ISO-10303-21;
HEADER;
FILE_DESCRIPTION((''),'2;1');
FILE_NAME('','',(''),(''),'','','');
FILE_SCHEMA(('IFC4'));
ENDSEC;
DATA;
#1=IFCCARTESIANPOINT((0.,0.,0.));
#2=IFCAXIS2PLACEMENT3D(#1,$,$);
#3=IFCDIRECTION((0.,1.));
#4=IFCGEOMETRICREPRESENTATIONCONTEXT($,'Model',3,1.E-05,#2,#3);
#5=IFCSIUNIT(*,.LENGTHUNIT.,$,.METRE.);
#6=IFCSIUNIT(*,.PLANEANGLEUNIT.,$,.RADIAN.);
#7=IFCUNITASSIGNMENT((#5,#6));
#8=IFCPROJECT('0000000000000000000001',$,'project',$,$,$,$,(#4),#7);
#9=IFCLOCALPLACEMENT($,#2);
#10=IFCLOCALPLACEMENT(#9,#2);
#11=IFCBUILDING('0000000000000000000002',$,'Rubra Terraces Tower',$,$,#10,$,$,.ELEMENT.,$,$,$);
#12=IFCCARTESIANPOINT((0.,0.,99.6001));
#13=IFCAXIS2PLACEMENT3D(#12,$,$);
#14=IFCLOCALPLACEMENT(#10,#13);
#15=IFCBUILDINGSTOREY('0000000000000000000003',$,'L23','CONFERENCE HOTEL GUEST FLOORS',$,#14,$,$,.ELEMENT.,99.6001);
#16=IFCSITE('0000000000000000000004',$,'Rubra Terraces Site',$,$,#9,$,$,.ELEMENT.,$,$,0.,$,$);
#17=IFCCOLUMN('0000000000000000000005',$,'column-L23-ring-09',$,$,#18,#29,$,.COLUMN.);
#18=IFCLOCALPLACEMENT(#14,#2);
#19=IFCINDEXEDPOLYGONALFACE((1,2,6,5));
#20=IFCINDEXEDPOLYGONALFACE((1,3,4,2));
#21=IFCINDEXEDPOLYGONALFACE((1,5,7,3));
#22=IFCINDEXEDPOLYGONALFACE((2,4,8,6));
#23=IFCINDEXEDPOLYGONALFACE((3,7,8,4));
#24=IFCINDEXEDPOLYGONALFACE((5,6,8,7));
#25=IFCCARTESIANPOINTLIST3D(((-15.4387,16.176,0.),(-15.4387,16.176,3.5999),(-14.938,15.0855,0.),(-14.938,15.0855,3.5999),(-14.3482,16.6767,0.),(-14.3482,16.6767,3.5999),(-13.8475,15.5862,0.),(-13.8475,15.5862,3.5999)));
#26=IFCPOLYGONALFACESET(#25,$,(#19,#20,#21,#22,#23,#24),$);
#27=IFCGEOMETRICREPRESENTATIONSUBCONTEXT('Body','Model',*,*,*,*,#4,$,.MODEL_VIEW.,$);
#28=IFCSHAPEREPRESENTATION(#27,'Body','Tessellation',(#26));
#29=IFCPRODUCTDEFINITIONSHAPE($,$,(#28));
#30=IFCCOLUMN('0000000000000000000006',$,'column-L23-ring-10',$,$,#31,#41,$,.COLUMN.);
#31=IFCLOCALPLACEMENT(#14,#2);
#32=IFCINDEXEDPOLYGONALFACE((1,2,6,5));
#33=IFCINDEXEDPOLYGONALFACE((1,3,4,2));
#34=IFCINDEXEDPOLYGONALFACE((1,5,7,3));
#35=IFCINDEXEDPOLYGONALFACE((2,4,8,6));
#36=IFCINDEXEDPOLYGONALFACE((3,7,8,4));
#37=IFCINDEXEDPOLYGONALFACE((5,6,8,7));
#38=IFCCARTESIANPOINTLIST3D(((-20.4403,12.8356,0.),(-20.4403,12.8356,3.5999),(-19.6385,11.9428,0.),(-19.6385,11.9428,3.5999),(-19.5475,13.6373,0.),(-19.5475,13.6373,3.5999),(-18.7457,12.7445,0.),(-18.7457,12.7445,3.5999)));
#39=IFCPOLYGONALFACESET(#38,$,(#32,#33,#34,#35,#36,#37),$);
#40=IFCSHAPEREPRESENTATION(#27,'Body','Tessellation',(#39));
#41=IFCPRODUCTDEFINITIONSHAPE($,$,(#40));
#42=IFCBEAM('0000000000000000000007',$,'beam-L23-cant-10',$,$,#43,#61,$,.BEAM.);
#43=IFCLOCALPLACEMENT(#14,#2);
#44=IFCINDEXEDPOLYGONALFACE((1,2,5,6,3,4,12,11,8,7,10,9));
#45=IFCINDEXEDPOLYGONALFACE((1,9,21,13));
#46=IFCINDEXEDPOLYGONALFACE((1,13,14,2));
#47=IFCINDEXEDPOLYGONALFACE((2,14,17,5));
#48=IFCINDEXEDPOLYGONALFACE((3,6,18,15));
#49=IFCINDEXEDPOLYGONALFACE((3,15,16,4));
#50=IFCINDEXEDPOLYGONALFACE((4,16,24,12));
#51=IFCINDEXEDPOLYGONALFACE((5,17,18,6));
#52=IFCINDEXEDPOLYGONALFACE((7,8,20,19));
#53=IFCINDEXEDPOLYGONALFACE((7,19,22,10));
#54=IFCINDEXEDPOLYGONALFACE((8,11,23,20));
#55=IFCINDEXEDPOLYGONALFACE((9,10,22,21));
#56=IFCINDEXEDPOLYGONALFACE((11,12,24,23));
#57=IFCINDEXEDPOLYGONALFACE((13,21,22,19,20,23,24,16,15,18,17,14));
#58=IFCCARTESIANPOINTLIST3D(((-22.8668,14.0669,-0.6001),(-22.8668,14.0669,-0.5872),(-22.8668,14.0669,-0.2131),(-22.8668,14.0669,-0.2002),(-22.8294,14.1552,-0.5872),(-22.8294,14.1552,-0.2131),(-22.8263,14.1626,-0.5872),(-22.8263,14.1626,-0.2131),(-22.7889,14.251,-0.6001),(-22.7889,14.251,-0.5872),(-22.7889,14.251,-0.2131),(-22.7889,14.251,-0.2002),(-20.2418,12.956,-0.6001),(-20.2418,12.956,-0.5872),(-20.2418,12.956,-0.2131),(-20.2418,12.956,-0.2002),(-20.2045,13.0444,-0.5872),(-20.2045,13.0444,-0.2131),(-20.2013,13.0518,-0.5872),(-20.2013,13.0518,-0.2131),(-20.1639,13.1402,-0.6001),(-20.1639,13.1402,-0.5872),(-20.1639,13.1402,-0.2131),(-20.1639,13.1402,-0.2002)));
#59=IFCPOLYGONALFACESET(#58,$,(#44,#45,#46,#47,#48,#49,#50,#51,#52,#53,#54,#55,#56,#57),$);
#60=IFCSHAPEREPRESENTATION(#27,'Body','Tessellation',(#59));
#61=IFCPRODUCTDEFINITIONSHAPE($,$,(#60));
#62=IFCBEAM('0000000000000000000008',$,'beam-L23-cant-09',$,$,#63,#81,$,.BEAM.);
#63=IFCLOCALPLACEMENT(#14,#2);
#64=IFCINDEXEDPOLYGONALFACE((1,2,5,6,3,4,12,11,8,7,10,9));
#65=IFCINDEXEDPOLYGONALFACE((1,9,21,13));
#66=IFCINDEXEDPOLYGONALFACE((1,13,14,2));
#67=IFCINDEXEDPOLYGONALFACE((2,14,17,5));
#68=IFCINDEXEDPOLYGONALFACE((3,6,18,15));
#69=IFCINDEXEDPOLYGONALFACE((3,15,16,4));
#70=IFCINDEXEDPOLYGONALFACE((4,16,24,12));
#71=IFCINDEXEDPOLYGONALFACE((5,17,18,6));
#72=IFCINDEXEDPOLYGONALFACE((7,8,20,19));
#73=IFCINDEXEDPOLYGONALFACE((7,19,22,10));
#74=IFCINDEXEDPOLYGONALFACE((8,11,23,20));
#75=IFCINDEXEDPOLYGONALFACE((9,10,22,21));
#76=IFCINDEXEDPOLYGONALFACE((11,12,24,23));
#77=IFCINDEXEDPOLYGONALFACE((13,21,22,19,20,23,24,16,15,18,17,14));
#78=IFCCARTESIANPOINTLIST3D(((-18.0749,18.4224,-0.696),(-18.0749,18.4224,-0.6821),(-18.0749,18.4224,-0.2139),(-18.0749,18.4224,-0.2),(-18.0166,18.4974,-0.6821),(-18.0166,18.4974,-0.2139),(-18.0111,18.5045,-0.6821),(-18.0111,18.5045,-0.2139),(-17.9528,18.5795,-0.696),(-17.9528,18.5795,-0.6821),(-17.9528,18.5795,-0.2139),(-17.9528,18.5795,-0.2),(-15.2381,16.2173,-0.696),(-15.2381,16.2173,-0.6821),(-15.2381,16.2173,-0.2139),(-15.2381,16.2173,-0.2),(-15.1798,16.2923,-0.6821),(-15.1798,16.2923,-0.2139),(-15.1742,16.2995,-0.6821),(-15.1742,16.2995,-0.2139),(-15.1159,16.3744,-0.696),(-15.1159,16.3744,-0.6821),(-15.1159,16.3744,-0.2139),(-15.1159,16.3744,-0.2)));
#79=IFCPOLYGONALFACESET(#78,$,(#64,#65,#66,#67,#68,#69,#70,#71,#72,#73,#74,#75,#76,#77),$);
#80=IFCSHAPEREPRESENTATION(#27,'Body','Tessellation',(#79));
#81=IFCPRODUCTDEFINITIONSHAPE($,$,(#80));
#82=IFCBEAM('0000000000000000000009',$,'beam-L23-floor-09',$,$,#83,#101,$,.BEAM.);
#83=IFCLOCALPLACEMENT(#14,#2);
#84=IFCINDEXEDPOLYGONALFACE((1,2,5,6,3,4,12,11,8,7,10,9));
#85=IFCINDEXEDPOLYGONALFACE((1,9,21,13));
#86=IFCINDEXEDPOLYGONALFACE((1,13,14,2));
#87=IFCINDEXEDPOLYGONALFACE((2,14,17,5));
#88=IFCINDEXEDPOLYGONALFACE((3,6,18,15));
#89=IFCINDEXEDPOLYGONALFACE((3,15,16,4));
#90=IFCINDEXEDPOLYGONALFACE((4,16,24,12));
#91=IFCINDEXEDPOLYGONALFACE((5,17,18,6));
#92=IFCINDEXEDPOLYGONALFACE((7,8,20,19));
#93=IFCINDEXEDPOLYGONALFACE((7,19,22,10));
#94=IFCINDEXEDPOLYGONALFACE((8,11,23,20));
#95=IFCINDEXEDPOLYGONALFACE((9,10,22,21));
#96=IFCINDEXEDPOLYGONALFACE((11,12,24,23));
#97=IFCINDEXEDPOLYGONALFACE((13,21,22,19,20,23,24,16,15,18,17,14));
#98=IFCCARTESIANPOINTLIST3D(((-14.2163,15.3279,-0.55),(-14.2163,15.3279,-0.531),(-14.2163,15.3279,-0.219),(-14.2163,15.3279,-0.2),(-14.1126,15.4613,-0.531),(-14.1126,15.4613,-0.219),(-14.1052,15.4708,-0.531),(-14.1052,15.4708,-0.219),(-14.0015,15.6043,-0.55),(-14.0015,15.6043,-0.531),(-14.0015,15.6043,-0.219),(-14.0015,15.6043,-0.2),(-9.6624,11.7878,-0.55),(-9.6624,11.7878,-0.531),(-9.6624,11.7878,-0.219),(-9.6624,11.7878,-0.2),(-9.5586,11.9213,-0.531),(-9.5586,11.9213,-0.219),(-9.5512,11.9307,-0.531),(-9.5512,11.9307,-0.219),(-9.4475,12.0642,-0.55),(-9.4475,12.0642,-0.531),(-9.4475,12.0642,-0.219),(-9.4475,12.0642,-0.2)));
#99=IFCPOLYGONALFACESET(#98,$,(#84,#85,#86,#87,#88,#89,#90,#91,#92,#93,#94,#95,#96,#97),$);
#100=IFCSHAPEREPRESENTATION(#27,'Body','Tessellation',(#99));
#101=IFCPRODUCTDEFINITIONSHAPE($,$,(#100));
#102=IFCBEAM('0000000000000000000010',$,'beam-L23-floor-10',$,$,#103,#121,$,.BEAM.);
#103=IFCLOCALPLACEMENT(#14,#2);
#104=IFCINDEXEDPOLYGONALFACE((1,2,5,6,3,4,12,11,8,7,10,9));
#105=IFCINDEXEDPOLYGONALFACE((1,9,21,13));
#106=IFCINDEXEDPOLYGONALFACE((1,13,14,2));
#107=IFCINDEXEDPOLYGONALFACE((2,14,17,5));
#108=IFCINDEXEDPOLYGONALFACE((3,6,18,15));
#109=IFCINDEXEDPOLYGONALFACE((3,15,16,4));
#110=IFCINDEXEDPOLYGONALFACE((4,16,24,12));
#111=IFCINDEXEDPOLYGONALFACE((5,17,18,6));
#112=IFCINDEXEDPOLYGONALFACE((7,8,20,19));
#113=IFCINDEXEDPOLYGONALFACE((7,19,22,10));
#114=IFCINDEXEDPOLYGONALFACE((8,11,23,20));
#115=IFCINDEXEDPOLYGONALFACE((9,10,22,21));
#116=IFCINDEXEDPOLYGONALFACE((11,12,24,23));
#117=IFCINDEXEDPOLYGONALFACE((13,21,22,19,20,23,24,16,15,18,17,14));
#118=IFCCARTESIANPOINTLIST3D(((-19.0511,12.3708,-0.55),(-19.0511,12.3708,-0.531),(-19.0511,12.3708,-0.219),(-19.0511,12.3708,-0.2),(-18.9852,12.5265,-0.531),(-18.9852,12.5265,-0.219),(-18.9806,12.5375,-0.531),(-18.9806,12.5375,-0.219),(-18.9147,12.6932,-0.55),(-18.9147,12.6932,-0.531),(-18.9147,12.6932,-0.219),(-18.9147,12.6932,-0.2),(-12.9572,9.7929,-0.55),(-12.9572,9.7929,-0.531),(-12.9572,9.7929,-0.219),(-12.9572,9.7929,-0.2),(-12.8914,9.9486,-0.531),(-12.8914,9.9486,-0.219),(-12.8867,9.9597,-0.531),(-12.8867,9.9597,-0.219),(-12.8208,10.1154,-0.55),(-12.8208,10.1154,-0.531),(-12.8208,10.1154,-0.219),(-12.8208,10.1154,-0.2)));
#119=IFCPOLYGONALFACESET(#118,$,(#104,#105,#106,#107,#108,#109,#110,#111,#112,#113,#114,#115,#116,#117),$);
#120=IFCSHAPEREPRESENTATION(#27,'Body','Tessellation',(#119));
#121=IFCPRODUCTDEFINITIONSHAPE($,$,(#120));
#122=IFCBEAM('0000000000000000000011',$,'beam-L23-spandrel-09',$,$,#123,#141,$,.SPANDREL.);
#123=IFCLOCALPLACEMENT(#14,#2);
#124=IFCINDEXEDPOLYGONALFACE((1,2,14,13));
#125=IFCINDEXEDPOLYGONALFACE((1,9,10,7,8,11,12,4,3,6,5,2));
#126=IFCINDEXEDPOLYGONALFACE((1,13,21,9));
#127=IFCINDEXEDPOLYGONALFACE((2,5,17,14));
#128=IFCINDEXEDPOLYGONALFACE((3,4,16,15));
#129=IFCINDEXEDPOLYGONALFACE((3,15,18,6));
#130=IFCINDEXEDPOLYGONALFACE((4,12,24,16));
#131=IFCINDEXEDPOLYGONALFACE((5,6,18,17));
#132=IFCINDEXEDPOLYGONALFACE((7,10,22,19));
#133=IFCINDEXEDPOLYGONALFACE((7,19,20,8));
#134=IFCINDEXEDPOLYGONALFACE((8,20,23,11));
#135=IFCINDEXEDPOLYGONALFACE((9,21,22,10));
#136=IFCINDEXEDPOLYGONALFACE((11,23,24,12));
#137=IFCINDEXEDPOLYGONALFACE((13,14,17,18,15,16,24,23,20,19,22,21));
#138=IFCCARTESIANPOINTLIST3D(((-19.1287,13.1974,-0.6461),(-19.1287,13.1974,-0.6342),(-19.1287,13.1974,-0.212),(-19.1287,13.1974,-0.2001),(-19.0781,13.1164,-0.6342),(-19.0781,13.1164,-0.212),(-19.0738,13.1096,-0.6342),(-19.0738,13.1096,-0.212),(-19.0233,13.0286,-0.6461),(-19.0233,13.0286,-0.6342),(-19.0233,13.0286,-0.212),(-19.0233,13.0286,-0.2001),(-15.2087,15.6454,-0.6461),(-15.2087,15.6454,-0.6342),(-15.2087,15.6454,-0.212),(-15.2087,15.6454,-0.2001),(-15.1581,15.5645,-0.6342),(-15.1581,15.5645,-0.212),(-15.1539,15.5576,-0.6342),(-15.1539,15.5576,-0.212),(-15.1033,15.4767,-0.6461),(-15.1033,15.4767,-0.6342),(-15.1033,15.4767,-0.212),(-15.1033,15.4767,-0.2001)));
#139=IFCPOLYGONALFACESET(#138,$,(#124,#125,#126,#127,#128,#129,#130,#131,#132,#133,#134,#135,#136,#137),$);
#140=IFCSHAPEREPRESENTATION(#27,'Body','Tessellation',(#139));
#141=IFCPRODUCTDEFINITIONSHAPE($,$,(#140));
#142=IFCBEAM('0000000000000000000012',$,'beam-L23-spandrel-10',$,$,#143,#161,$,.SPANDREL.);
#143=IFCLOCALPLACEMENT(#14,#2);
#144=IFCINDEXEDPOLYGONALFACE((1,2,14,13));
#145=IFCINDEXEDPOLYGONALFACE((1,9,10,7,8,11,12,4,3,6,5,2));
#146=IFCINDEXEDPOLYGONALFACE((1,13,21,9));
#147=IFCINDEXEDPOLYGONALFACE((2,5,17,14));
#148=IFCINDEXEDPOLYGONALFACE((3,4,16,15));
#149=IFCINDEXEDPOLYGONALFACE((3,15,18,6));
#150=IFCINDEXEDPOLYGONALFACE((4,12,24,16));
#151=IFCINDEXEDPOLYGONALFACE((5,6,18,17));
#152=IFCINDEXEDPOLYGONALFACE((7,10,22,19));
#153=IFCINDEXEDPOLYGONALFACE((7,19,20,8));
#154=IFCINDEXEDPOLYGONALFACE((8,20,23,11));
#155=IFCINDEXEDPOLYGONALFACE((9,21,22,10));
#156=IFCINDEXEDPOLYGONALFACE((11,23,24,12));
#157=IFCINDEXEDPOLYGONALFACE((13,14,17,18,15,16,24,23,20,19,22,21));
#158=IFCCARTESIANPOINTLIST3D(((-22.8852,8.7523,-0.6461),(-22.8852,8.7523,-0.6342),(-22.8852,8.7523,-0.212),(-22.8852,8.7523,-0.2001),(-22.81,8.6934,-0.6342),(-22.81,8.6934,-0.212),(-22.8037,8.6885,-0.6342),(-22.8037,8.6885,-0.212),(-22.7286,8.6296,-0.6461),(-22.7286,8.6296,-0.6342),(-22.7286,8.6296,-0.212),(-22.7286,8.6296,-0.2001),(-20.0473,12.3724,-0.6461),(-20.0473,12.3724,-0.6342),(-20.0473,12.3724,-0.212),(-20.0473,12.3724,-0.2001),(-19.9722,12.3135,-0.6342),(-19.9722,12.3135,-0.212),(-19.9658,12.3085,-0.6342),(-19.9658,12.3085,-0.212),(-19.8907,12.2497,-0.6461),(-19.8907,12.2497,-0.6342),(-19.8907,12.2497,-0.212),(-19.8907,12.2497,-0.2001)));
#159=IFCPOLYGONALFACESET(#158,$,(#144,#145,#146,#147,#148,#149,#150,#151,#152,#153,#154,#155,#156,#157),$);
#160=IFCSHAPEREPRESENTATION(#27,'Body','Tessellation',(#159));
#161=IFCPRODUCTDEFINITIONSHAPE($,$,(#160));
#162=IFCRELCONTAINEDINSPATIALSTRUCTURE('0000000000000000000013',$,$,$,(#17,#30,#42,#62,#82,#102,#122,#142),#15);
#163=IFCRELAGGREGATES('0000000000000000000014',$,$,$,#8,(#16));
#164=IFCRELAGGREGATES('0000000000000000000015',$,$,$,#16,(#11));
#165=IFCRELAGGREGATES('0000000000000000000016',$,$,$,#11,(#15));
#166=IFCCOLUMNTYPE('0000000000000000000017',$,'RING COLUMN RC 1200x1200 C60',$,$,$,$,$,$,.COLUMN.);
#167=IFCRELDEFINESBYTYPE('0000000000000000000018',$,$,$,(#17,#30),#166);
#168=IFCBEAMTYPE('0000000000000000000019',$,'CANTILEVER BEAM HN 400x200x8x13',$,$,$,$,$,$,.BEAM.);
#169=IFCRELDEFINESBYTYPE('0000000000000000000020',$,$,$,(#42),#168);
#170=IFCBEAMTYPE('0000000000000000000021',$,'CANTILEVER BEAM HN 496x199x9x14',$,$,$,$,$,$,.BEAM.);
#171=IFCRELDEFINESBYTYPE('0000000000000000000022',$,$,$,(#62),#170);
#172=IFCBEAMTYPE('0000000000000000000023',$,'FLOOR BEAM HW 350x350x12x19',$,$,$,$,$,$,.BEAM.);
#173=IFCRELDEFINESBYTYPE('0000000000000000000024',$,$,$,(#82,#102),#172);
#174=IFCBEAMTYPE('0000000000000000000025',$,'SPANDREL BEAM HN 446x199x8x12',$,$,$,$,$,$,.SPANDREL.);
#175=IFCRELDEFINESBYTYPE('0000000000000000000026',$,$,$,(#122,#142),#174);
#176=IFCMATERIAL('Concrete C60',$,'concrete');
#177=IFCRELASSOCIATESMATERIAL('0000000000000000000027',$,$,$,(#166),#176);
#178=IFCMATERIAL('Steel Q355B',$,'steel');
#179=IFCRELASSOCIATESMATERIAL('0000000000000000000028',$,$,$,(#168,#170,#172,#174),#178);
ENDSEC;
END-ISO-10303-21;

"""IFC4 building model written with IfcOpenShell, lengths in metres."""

from ifc_helpers import new_model, si_unit, direction, frame, origin, origin_2d, place, context, subcontext, project, spatial, rectangle, i_section, extrude, material, material_profile, profile_set, type_object, element, save


model = new_model("IFC4")

# Units and contexts
model_context = context("Model", 3, precision=1e-05, world=origin(), true_north=direction((0.0, 1.0)))
body_context = subcontext(model_context, "Body", "Model", "MODEL_VIEW")
ifc_project = project(units=[si_unit("LENGTHUNIT", "METRE"), si_unit("PLANEANGLEUNIT", "RADIAN")], contexts=[model_context])

# Site, building, storey
site_placement = place(None, origin())
site = spatial("IfcSite", under=ifc_project, at=site_placement, Name="Rubra Terraces Site", CompositionType="ELEMENT", RefElevation=0.0)
building_placement = place(site_placement, origin())
building = spatial("IfcBuilding", under=site, at=building_placement, Name="Rubra Terraces Tower", CompositionType="ELEMENT")
storey_placement = place(building_placement, frame((0.0, 0.0, 99.6001)))
storey = spatial("IfcBuildingStorey", under=building, at=storey_placement, Name="L23", Description="CONFERENCE HOTEL GUEST FLOORS", CompositionType="ELEMENT", Elevation=99.6001)

# Columns
ifc_material_1 = material(Name="Concrete C60", Category="concrete")
ifc_material_profile_1 = material_profile(ifc_material_1, rectangle(XDim=1.2, YDim=1.2, at=origin_2d()), Name="RC 1200x1200")
ifc_profile_set_1 = profile_set([ifc_material_profile_1], Name="Concrete C60")
column_type = type_object("IfcColumnType", Name="RING COLUMN RC 1200x1200 C60", PredefinedType="COLUMN", material=ifc_profile_set_1)
for number, where, z_axis, x_axis, name in (
    (1, (-14.6431, 15.8811, 0.0), (0.0, 0.0, 1.0), (-0.908779, -0.417279, 0.0), "column-L23-ring-09"),
    (2, (-19.593, 12.79, 0.0), (0.0, 0.0, 1.0), (-0.744021, -0.668156, 0.0), "column-L23-ring-10"),
):
    element("IfcColumn", number, at=place(storey_placement, frame(where, z_axis=z_axis, x_axis=x_axis)), inside=storey, type_object=column_type, Name=name, PredefinedType="COLUMN", context=body_context, shape_type="SweptSolid", body=[
        extrude(rectangle(XDim=1.2, YDim=1.2, at=origin_2d()), origin(), (0.0, 0.0, 1.0), 3.5999),
    ])

# Beams
ifc_material_2 = material(Name="Steel Q355B", Category="steel")
ifc_material_profile_2 = material_profile(ifc_material_2, i_section(OverallWidth=0.2, OverallDepth=0.3999, WebThickness=0.0081, FlangeThickness=0.0129, at=origin_2d()), Name="HN 400x200x8x13")
ifc_profile_set_2 = profile_set([ifc_material_profile_2], Name="Steel Q355B")
beam_type_1 = type_object("IfcBeamType", Name="CANTILEVER BEAM HN 400x200x8x13", PredefinedType="BEAM", material=ifc_profile_set_2)
beam_1_placement = place(storey_placement, frame((-20.2029, 13.0481, -0.4001), z_axis=(-0.920934, 0.389718, 0.0), x_axis=(-0.389718, -0.920934, 0.0)))
element("IfcBeam", 3, at=beam_1_placement, inside=storey, type_object=beam_type_1, Name="beam-L23-cant-10", PredefinedType="BEAM", context=body_context, shape_type="SweptSolid", body=[
    extrude(i_section(OverallWidth=0.2, OverallDepth=0.3999, WebThickness=0.0081, FlangeThickness=0.0129, at=origin_2d()), origin(), (0.0, 0.0, 1.0), 2.8503),
])
ifc_material_profile_3 = material_profile(ifc_material_2, i_section(OverallWidth=0.199, OverallDepth=0.4961, WebThickness=0.009, FlangeThickness=0.0139, at=origin_2d()), Name="HN 496x199x9x14")
ifc_profile_set_3 = profile_set([ifc_material_profile_3], Name="Steel Q355B")
beam_type_2 = type_object("IfcBeamType", Name="CANTILEVER BEAM HN 496x199x9x14", PredefinedType="BEAM", material=ifc_profile_set_3)
beam_2_placement = place(storey_placement, frame((-15.177, 16.2959, -0.448), z_axis=(-0.789542, 0.613696, 0.0), x_axis=(-0.613696, -0.789542, 0.0)))
element("IfcBeam", 4, at=beam_2_placement, inside=storey, type_object=beam_type_2, Name="beam-L23-cant-09", PredefinedType="BEAM", context=body_context, shape_type="SweptSolid", body=[
    extrude(i_section(OverallWidth=0.199, OverallDepth=0.4961, WebThickness=0.009, FlangeThickness=0.0139, at=origin_2d()), origin(), (0.0, 0.0, 1.0), 3.593),
])
ifc_material_profile_4 = material_profile(ifc_material_2, i_section(OverallWidth=0.3501, OverallDepth=0.3501, WebThickness=0.012, FlangeThickness=0.019, at=origin_2d()), Name="HW 350x350x12x19")
ifc_profile_set_4 = profile_set([ifc_material_profile_4], Name="Steel Q355B")
beam_type_3 = type_object("IfcBeamType", Name="FLOOR BEAM HW 350x350x12x19", PredefinedType="BEAM", material=ifc_profile_set_4)
beam_3_placement = place(storey_placement, frame((-14.1089, 15.4661, -0.375), z_axis=(0.789514, -0.613733, 0.0), x_axis=(0.613733, 0.789514, 0.0)))
element("IfcBeam", 5, at=beam_3_placement, inside=storey, type_object=beam_type_3, Name="beam-L23-floor-09", PredefinedType="BEAM", context=body_context, shape_type="SweptSolid", body=[
    extrude(i_section(OverallWidth=0.3501, OverallDepth=0.3501, WebThickness=0.012, FlangeThickness=0.019, at=origin_2d()), origin(), (0.0, 0.0, 1.0), 5.7681),
])
beam_4_placement = place(storey_placement, frame((-18.9829, 12.532, -0.375), z_axis=(0.920986, -0.389595, 0.0), x_axis=(0.389595, 0.920986, 0.0)))
element("IfcBeam", 6, at=beam_4_placement, inside=storey, type_object=beam_type_3, Name="beam-L23-floor-10", PredefinedType="BEAM", context=body_context, shape_type="SweptSolid", body=[
    extrude(i_section(OverallWidth=0.3501, OverallDepth=0.3501, WebThickness=0.012, FlangeThickness=0.019, at=origin_2d()), origin(), (0.0, 0.0, 1.0), 6.6167),
])
ifc_material_profile_5 = material_profile(ifc_material_2, i_section(OverallWidth=0.199, OverallDepth=0.446, WebThickness=0.0081, FlangeThickness=0.012, at=origin_2d()), Name="HN 446x199x8x12")
ifc_profile_set_5 = profile_set([ifc_material_profile_5], Name="Steel Q355B")
beam_type_4 = type_object("IfcBeamType", Name="SPANDREL BEAM HN 446x199x8x12", PredefinedType="SPANDREL", material=ifc_profile_set_5)
beam_5_placement = place(storey_placement, frame((-15.156, 15.561, -0.4231), z_axis=(-0.848188, -0.529695, 0.0), x_axis=(0.529695, -0.848188, 0.0)))
element("IfcBeam", 7, at=beam_5_placement, inside=storey, type_object=beam_type_4, Name="beam-L23-spandrel-09", PredefinedType="SPANDREL", context=body_context, shape_type="SweptSolid", body=[
    extrude(i_section(OverallWidth=0.199, OverallDepth=0.446, WebThickness=0.0081, FlangeThickness=0.012, at=origin_2d()), origin(), (0.0, 0.0, 1.0), 4.6216),
])
beam_6_placement = place(storey_placement, frame((-19.969, 12.311, -0.4231), z_axis=(-0.616949, -0.787003, 0.0), x_axis=(0.787003, -0.616949, 0.0)))
element("IfcBeam", 8, at=beam_6_placement, inside=storey, type_object=beam_type_4, Name="beam-L23-spandrel-10", PredefinedType="SPANDREL", context=body_context, shape_type="SweptSolid", body=[
    extrude(i_section(OverallWidth=0.199, OverallDepth=0.446, WebThickness=0.0081, FlangeThickness=0.012, at=origin_2d()), origin(), (0.0, 0.0, 1.0), 4.5999),
])

save(model, "model.ifc")
